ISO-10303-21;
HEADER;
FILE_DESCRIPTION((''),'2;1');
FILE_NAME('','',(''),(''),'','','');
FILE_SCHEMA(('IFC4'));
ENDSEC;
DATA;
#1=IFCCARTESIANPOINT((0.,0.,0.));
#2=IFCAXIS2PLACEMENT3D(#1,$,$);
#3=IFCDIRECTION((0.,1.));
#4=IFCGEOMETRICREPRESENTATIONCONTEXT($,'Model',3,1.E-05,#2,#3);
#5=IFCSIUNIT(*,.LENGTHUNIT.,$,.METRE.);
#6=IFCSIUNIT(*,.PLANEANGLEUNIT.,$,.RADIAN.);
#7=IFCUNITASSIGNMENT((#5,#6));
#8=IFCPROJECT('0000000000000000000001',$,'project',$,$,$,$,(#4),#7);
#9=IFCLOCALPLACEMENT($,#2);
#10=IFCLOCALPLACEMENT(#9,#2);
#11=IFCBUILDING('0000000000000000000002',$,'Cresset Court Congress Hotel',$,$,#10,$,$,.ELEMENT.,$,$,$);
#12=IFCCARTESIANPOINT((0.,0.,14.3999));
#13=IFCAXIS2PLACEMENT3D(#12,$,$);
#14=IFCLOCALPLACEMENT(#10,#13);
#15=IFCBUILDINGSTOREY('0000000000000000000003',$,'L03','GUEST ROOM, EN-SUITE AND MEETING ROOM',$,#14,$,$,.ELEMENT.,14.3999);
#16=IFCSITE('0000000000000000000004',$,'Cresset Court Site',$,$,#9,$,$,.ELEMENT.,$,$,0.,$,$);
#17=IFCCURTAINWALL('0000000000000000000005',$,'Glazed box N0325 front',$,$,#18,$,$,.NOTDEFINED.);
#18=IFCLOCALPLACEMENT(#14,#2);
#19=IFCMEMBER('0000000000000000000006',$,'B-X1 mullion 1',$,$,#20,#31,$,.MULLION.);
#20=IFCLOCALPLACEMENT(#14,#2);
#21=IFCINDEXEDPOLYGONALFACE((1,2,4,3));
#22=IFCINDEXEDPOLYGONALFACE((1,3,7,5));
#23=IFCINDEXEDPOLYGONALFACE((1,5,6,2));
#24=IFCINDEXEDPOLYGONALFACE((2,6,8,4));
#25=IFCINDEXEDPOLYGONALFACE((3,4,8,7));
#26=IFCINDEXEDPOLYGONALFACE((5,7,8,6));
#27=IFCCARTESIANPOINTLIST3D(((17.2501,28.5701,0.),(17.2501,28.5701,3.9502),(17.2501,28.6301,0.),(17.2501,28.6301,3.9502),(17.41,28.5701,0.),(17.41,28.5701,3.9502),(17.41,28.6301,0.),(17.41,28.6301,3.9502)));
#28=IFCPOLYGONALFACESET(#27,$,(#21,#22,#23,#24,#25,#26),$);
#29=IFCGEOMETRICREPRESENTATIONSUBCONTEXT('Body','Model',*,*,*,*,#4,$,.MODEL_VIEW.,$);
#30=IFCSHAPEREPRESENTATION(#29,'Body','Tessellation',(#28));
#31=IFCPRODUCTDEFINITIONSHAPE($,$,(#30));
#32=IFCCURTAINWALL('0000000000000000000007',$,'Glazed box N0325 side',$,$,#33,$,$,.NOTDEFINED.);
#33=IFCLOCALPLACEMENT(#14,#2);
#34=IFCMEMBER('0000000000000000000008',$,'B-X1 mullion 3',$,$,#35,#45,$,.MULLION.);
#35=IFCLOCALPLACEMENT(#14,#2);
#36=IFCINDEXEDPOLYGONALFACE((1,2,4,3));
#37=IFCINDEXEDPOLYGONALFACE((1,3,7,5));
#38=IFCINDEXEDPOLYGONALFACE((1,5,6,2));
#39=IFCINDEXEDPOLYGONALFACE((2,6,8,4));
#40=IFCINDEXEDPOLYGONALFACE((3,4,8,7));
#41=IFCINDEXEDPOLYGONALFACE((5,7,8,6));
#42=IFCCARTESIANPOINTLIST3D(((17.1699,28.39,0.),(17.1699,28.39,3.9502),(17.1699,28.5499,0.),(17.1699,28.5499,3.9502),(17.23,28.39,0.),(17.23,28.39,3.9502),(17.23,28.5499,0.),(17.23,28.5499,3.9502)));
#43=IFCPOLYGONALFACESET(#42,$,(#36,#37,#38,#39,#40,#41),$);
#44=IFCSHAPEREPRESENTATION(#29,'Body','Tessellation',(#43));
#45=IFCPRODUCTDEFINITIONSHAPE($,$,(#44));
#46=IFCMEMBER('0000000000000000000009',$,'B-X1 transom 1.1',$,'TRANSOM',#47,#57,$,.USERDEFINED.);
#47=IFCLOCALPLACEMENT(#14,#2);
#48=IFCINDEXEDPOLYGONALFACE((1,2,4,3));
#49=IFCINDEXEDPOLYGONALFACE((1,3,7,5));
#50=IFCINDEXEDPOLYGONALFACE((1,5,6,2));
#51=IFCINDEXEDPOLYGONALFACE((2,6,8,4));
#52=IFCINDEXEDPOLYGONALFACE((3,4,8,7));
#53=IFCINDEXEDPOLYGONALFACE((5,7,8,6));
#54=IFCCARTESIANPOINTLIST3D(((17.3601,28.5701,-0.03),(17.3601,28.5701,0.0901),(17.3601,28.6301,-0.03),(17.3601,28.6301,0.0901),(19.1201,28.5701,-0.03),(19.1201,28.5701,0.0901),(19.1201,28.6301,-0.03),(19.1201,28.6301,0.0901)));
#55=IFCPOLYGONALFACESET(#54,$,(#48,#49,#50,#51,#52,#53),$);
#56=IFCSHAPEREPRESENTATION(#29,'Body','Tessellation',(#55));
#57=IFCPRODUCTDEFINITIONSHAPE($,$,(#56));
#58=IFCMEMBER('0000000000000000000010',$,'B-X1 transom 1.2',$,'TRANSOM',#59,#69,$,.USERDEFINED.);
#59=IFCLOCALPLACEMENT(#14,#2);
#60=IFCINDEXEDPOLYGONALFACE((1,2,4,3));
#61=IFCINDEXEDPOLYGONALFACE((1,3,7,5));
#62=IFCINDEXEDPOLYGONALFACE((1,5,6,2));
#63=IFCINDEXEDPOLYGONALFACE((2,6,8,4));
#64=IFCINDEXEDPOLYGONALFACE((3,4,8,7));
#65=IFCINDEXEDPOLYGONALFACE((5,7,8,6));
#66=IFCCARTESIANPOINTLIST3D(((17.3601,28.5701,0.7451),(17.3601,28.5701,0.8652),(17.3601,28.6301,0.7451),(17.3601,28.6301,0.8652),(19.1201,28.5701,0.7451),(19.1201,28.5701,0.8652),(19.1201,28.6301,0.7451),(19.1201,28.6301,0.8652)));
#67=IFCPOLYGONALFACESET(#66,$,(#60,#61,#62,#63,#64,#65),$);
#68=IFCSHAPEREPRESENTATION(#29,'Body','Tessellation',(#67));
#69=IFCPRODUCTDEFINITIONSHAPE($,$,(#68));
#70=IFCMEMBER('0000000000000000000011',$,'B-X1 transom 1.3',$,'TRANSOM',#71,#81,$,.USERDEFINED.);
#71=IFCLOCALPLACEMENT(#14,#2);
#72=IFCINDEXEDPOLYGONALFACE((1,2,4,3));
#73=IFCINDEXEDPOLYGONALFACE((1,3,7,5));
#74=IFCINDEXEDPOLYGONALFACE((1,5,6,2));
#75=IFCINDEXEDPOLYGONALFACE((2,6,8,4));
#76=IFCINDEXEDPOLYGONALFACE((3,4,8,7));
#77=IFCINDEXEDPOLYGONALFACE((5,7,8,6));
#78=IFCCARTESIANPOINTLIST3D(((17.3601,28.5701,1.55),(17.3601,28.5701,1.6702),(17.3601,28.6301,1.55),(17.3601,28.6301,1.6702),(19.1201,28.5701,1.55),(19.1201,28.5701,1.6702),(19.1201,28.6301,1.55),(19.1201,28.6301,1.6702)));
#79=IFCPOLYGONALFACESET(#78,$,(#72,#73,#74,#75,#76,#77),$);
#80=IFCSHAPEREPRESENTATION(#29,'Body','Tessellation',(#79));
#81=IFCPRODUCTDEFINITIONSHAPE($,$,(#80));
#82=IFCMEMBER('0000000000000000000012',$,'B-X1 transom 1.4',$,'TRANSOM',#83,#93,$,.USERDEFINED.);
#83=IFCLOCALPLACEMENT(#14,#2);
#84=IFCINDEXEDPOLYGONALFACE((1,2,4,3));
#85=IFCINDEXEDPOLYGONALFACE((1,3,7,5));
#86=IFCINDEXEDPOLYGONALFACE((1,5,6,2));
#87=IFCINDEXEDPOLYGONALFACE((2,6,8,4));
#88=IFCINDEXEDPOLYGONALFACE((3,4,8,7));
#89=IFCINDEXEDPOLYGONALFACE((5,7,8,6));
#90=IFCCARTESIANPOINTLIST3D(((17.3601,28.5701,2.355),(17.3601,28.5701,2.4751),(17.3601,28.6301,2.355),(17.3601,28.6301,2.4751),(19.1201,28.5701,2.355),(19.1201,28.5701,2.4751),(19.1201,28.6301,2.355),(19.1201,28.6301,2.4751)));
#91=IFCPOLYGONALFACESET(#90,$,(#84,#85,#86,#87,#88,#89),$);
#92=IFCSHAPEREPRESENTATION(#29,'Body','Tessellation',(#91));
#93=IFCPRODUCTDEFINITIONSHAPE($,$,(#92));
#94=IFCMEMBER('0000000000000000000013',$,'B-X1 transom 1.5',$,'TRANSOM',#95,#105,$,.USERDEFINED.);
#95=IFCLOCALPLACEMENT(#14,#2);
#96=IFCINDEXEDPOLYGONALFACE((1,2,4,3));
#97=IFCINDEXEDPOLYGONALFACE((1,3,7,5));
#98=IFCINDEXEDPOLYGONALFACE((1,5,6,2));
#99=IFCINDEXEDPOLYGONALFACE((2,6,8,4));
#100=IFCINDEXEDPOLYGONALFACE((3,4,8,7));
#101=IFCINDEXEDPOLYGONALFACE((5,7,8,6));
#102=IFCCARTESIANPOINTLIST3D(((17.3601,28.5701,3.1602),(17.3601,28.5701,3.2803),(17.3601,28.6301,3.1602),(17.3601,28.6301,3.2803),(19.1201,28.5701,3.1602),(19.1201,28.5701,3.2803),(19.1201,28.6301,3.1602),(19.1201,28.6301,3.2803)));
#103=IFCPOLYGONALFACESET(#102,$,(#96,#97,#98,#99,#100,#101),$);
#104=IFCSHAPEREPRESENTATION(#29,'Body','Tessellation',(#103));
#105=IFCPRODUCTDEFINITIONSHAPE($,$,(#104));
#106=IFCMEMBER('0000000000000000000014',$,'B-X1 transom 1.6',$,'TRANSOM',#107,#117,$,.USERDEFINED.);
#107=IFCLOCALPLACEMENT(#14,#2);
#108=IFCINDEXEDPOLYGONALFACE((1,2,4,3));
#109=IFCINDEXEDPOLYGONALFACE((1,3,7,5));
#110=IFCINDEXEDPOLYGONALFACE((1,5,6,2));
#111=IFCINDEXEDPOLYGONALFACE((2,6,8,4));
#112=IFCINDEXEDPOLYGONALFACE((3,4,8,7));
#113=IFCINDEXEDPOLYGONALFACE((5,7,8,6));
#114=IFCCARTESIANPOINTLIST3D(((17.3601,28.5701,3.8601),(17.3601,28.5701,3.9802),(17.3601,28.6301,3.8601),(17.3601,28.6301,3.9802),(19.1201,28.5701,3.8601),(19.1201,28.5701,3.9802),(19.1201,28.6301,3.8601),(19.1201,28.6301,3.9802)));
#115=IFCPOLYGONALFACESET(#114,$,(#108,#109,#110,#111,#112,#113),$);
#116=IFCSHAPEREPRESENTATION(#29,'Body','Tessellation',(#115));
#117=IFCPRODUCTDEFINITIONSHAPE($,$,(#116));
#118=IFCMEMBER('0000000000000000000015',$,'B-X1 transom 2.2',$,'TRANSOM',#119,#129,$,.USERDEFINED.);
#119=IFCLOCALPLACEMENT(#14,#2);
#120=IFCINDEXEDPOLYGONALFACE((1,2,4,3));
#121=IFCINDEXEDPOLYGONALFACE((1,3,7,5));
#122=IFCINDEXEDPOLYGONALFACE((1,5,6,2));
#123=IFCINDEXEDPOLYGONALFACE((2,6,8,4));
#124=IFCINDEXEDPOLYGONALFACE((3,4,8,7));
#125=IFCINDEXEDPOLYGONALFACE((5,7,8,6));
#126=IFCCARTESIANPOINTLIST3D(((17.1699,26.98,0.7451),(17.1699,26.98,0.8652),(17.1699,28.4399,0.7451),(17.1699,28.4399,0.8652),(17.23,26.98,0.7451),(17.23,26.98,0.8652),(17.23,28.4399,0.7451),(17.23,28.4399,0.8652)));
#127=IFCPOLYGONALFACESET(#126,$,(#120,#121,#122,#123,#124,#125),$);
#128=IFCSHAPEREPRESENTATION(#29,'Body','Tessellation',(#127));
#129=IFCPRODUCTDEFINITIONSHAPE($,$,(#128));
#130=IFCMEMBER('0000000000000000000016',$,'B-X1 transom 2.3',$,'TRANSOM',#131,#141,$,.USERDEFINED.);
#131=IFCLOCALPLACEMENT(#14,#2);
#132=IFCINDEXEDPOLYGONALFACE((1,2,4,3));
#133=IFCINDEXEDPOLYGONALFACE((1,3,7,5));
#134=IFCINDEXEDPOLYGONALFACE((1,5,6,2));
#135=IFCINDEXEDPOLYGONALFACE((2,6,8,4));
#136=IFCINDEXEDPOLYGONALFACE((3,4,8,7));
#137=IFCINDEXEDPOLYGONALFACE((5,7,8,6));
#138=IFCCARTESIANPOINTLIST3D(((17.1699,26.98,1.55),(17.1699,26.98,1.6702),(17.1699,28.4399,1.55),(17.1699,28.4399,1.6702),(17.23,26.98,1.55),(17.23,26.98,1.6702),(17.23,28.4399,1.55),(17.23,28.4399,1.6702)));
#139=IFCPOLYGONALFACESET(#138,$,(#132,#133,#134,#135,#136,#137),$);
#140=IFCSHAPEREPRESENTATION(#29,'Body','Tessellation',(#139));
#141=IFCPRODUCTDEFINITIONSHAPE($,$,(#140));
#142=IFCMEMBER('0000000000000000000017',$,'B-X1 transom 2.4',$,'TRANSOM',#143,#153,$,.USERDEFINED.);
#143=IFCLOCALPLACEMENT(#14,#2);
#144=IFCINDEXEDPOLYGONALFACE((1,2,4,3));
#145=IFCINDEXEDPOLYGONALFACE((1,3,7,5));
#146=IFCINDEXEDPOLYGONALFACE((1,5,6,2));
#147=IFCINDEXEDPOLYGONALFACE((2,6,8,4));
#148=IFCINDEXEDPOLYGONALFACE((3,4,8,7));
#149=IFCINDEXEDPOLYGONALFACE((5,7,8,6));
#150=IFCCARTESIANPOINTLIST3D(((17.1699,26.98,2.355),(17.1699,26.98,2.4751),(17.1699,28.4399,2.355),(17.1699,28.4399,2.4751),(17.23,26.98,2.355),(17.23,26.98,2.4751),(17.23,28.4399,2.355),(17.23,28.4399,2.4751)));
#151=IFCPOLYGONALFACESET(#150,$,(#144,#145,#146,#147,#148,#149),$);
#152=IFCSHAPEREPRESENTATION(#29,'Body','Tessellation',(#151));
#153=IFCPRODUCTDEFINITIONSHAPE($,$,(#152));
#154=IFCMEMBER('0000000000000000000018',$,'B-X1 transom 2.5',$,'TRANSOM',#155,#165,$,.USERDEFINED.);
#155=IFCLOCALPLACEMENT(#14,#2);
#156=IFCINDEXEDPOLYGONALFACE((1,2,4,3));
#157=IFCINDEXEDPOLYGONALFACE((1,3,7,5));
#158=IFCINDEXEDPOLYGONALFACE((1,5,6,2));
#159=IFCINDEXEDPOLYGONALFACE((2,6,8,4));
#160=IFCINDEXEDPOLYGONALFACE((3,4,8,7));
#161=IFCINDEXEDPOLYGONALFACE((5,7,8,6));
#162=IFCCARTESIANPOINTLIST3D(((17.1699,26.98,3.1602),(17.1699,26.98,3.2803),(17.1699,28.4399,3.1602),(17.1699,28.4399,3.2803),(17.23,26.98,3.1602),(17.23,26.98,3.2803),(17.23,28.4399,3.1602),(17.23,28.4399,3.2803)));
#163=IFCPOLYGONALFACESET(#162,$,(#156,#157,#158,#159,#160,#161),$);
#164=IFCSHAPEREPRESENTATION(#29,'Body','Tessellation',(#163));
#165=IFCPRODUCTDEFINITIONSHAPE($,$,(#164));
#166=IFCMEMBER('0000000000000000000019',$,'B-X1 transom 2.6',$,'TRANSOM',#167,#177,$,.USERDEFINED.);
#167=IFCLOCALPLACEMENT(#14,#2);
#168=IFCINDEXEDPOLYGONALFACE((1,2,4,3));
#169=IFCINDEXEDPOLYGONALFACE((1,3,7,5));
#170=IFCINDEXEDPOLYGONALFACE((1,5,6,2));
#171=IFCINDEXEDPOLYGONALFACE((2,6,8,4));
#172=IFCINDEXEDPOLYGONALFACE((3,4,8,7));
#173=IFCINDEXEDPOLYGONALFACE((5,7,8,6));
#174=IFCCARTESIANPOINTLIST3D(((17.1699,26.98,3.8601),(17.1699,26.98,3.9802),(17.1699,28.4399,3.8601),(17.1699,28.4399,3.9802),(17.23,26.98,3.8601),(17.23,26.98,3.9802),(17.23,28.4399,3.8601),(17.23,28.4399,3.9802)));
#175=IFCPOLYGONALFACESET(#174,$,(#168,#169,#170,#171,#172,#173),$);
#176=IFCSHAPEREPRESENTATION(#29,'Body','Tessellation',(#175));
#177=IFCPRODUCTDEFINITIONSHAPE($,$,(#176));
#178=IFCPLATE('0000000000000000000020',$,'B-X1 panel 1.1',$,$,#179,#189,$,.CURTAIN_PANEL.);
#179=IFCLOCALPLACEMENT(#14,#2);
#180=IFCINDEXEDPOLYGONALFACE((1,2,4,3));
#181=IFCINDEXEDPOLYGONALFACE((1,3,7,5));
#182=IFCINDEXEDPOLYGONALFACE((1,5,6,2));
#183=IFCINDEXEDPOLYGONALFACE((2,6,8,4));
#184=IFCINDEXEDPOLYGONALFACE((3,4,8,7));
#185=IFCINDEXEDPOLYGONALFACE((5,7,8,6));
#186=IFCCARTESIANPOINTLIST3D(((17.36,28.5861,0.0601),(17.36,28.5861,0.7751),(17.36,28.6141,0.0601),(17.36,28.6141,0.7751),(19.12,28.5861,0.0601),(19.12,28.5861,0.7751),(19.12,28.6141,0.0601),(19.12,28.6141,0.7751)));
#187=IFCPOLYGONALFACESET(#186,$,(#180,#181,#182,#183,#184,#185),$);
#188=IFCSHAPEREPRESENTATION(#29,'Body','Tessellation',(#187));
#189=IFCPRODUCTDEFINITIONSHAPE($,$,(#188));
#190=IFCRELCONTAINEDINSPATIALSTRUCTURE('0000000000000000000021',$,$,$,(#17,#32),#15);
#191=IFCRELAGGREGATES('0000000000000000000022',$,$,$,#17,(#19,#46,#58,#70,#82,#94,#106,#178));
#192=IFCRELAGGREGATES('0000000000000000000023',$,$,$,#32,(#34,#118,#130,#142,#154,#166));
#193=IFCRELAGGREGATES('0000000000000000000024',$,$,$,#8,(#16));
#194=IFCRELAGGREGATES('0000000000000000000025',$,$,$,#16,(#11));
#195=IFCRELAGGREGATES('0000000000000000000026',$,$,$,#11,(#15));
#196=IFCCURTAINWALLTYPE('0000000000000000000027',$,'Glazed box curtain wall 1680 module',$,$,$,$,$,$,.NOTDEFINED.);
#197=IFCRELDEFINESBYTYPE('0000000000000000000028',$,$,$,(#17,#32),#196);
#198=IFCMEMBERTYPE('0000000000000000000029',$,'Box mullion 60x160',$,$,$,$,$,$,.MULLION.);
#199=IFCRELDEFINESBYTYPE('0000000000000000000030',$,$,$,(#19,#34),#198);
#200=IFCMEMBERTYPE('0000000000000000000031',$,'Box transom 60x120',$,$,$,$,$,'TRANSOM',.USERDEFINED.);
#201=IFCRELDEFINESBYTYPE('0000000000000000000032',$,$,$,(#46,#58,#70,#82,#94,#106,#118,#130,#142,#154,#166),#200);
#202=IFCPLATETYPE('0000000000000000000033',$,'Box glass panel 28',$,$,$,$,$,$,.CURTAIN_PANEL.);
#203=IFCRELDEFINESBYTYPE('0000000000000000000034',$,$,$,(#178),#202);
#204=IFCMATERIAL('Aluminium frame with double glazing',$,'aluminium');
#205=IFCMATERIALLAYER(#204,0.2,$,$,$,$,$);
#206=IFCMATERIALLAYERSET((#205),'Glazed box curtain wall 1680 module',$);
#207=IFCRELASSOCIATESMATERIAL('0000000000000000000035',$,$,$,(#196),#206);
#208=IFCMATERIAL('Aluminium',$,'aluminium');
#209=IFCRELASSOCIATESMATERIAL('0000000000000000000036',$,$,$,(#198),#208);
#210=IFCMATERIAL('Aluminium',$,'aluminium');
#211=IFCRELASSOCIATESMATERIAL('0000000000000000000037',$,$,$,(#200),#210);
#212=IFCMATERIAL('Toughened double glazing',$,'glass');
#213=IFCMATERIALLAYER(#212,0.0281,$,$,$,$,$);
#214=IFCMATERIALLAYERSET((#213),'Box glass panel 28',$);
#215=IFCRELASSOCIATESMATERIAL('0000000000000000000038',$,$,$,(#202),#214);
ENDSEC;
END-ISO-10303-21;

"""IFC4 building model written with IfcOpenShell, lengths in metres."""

from ifc_helpers import new_model, si_unit, direction, frame, origin, origin_2d, place, context, subcontext, project, spatial, rectangle, extrude, material, layer, layer_set, material_profile, profile_set, type_object, element, aggregate, save


model = new_model("IFC4")

# Units and contexts
model_context = context("Model", 3, precision=1e-05, world=origin(), true_north=direction((0.0, 1.0)))
body_context = subcontext(model_context, "Body", "Model", "MODEL_VIEW")
ifc_project = project(units=[si_unit("LENGTHUNIT", "METRE"), si_unit("PLANEANGLEUNIT", "RADIAN")], contexts=[model_context])

# Site, building, storey
site_placement = place(None, origin())
site = spatial("IfcSite", under=ifc_project, at=site_placement, Name="Cresset Court Site", CompositionType="ELEMENT", RefElevation=0.0)
building_placement = place(site_placement, origin())
building = spatial("IfcBuilding", under=site, at=building_placement, Name="Cresset Court Congress Hotel", CompositionType="ELEMENT")
storey_placement = place(building_placement, frame((0.0, 0.0, 14.3999)))
storey = spatial("IfcBuildingStorey", under=building, at=storey_placement, Name="L03", Description="GUEST ROOM, EN-SUITE AND MEETING ROOM", CompositionType="ELEMENT", Elevation=14.3999)

# Curtain walls, members
ifc_material_1 = material(Name="Aluminium frame with double glazing", Category="aluminium")
ifc_layer_1 = layer(ifc_material_1, 0.2)
ifc_layer_set_1 = layer_set([ifc_layer_1], Name="Glazed box curtain wall 1680 module")
curtain_wall_type = type_object("IfcCurtainWallType", Name="Glazed box curtain wall 1680 module", PredefinedType="NOTDEFINED", material=ifc_layer_set_1)
curtain_wall_1_placement = place(storey_placement, origin())
curtain_wall_1 = element("IfcCurtainWall", 1, at=curtain_wall_1_placement, inside=storey, type_object=curtain_wall_type, Name="Glazed box N0325 front", PredefinedType="NOTDEFINED")
ifc_material_2 = material(Name="Aluminium", Category="aluminium")
ifc_material_profile_1 = material_profile(ifc_material_2, rectangle(XDim=0.0601, YDim=0.1599, at=origin_2d()), Name="Box mullion 60x160")
ifc_profile_set_1 = profile_set([ifc_material_profile_1], Name="Aluminium")
member_type_1 = type_object("IfcMemberType", Name="Box mullion 60x160", PredefinedType="MULLION", material=ifc_profile_set_1)
member_1_placement = place(storey_placement, frame((17.3301, 28.6001, 0.0), z_axis=(0.0, 0.0, 1.0), x_axis=(0.0, 1.0, 0.0)))
member_1 = element("IfcMember", 2, at=member_1_placement, type_object=member_type_1, Name="B-X1 mullion 1", PredefinedType="MULLION", context=body_context, shape_type="SweptSolid", body=[
    extrude(rectangle(XDim=0.0601, YDim=0.1599, at=origin_2d()), origin(), (0.0, 0.0, 1.0), 3.9502),
])
curtain_wall_2_placement = place(storey_placement, origin())
curtain_wall_2 = element("IfcCurtainWall", 3, at=curtain_wall_2_placement, inside=storey, type_object=curtain_wall_type, Name="Glazed box N0325 side", PredefinedType="NOTDEFINED")
member_2_placement = place(storey_placement, frame((17.2, 28.47, 0.0), z_axis=(0.0, 0.0, 1.0), x_axis=(-1.0, 0.0, 0.0)))
member_2 = element("IfcMember", 4, at=member_2_placement, type_object=member_type_1, Name="B-X1 mullion 3", PredefinedType="MULLION", context=body_context, shape_type="SweptSolid", body=[
    extrude(rectangle(XDim=0.0601, YDim=0.1599, at=origin_2d()), origin(), (0.0, 0.0, 1.0), 3.9502),
])

# Members
ifc_material_3 = material(Name="Aluminium", Category="aluminium")
ifc_material_profile_2 = material_profile(ifc_material_3, rectangle(XDim=0.0601, YDim=0.1201, at=origin_2d()), Name="Box transom 60x120")
ifc_profile_set_2 = profile_set([ifc_material_profile_2], Name="Aluminium")
member_type_2 = type_object("IfcMemberType", Name="Box transom 60x120", ElementType="TRANSOM", PredefinedType="USERDEFINED", material=ifc_profile_set_2)
member_3_placement = place(storey_placement, frame((17.3601, 28.6001, 0.03), z_axis=(1.0, 0.0, 0.0), x_axis=(0.0, 1.0, 0.0)))
member_3 = element("IfcMember", 5, at=member_3_placement, type_object=member_type_2, Name="B-X1 transom 1.1", ObjectType="TRANSOM", PredefinedType="USERDEFINED", context=body_context, shape_type="SweptSolid", body=[
    extrude(rectangle(XDim=0.0601, YDim=0.1201, at=origin_2d()), origin(), (0.0, 0.0, 1.0), 1.76),
])
member_4_placement = place(storey_placement, frame((17.3601, 28.6001, 0.8052), z_axis=(1.0, 0.0, 0.0), x_axis=(0.0, 1.0, 0.0)))
member_4 = element("IfcMember", 6, at=member_4_placement, type_object=member_type_2, Name="B-X1 transom 1.2", ObjectType="TRANSOM", PredefinedType="USERDEFINED", context=body_context, shape_type="SweptSolid", body=[
    extrude(rectangle(XDim=0.0601, YDim=0.1201, at=origin_2d()), origin(), (0.0, 0.0, 1.0), 1.76),
])
member_5_placement = place(storey_placement, frame((17.3601, 28.6001, 1.6101), z_axis=(1.0, 0.0, 0.0), x_axis=(0.0, 1.0, 0.0)))
member_5 = element("IfcMember", 7, at=member_5_placement, type_object=member_type_2, Name="B-X1 transom 1.3", ObjectType="TRANSOM", PredefinedType="USERDEFINED", context=body_context, shape_type="SweptSolid", body=[
    extrude(rectangle(XDim=0.0601, YDim=0.1201, at=origin_2d()), origin(), (0.0, 0.0, 1.0), 1.76),
])
member_6_placement = place(storey_placement, frame((17.3601, 28.6001, 2.415), z_axis=(1.0, 0.0, 0.0), x_axis=(0.0, 1.0, 0.0)))
member_6 = element("IfcMember", 8, at=member_6_placement, type_object=member_type_2, Name="B-X1 transom 1.4", ObjectType="TRANSOM", PredefinedType="USERDEFINED", context=body_context, shape_type="SweptSolid", body=[
    extrude(rectangle(XDim=0.0601, YDim=0.1201, at=origin_2d()), origin(), (0.0, 0.0, 1.0), 1.76),
])
member_7_placement = place(storey_placement, frame((17.3601, 28.6001, 3.2202), z_axis=(1.0, 0.0, 0.0), x_axis=(0.0, 1.0, 0.0)))
member_7 = element("IfcMember", 9, at=member_7_placement, type_object=member_type_2, Name="B-X1 transom 1.5", ObjectType="TRANSOM", PredefinedType="USERDEFINED", context=body_context, shape_type="SweptSolid", body=[
    extrude(rectangle(XDim=0.0601, YDim=0.1201, at=origin_2d()), origin(), (0.0, 0.0, 1.0), 1.76),
])
member_8_placement = place(storey_placement, frame((17.3601, 28.6001, 3.9202), z_axis=(1.0, 0.0, 0.0), x_axis=(0.0, 1.0, 0.0)))
member_8 = element("IfcMember", 10, at=member_8_placement, type_object=member_type_2, Name="B-X1 transom 1.6", ObjectType="TRANSOM", PredefinedType="USERDEFINED", context=body_context, shape_type="SweptSolid", body=[
    extrude(rectangle(XDim=0.0601, YDim=0.1201, at=origin_2d()), origin(), (0.0, 0.0, 1.0), 1.76),
])
member_9_placement = place(storey_placement, frame((17.2, 26.98, 0.8052), z_axis=(0.0, 1.0, 0.0), x_axis=(-1.0, 0.0, 0.0)))
member_9 = element("IfcMember", 11, at=member_9_placement, type_object=member_type_2, Name="B-X1 transom 2.2", ObjectType="TRANSOM", PredefinedType="USERDEFINED", context=body_context, shape_type="SweptSolid", body=[
    extrude(rectangle(XDim=0.0601, YDim=0.1201, at=origin_2d()), origin(), (0.0, 0.0, 1.0), 1.46),
])
member_10_placement = place(storey_placement, frame((17.2, 26.98, 1.6101), z_axis=(0.0, 1.0, 0.0), x_axis=(-1.0, 0.0, 0.0)))
member_10 = element("IfcMember", 12, at=member_10_placement, type_object=member_type_2, Name="B-X1 transom 2.3", ObjectType="TRANSOM", PredefinedType="USERDEFINED", context=body_context, shape_type="SweptSolid", body=[
    extrude(rectangle(XDim=0.0601, YDim=0.1201, at=origin_2d()), origin(), (0.0, 0.0, 1.0), 1.46),
])
member_11_placement = place(storey_placement, frame((17.2, 26.98, 2.415), z_axis=(0.0, 1.0, 0.0), x_axis=(-1.0, 0.0, 0.0)))
member_11 = element("IfcMember", 13, at=member_11_placement, type_object=member_type_2, Name="B-X1 transom 2.4", ObjectType="TRANSOM", PredefinedType="USERDEFINED", context=body_context, shape_type="SweptSolid", body=[
    extrude(rectangle(XDim=0.0601, YDim=0.1201, at=origin_2d()), origin(), (0.0, 0.0, 1.0), 1.46),
])
member_12_placement = place(storey_placement, frame((17.2, 26.98, 3.2202), z_axis=(0.0, 1.0, 0.0), x_axis=(-1.0, 0.0, 0.0)))
member_12 = element("IfcMember", 14, at=member_12_placement, type_object=member_type_2, Name="B-X1 transom 2.5", ObjectType="TRANSOM", PredefinedType="USERDEFINED", context=body_context, shape_type="SweptSolid", body=[
    extrude(rectangle(XDim=0.0601, YDim=0.1201, at=origin_2d()), origin(), (0.0, 0.0, 1.0), 1.46),
])
member_13_placement = place(storey_placement, frame((17.2, 26.98, 3.9202), z_axis=(0.0, 1.0, 0.0), x_axis=(-1.0, 0.0, 0.0)))
member_13 = element("IfcMember", 15, at=member_13_placement, type_object=member_type_2, Name="B-X1 transom 2.6", ObjectType="TRANSOM", PredefinedType="USERDEFINED", context=body_context, shape_type="SweptSolid", body=[
    extrude(rectangle(XDim=0.0601, YDim=0.1201, at=origin_2d()), origin(), (0.0, 0.0, 1.0), 1.46),
])

# Plate
ifc_material_4 = material(Name="Toughened double glazing", Category="glass")
ifc_layer_2 = layer(ifc_material_4, 0.0281)
ifc_layer_set_2 = layer_set([ifc_layer_2], Name="Box glass panel 28")
plate_type_1 = type_object("IfcPlateType", Name="Box glass panel 28", PredefinedType="CURTAIN_PANEL", material=ifc_layer_set_2)
plate_1_placement = place(storey_placement, frame((18.24, 28.6001, 0.0601), z_axis=(0.0, 0.0, 1.0), x_axis=(1.0, 0.0, 0.0)))
plate_1 = element("IfcPlate", 16, at=plate_1_placement, type_object=plate_type_1, Name="B-X1 panel 1.1", PredefinedType="CURTAIN_PANEL", context=body_context, shape_type="SweptSolid", body=[
    extrude(rectangle(XDim=1.76, YDim=0.0281, at=origin_2d()), origin(), (0.0, 0.0, 1.0), 0.7151),
])
aggregate(curtain_wall_1, [member_1, member_3, member_4, member_5, member_6, member_7, member_8, plate_1])
aggregate(curtain_wall_2, [member_2, member_9, member_10, member_11, member_12, member_13])

save(model, "model.ifc")
